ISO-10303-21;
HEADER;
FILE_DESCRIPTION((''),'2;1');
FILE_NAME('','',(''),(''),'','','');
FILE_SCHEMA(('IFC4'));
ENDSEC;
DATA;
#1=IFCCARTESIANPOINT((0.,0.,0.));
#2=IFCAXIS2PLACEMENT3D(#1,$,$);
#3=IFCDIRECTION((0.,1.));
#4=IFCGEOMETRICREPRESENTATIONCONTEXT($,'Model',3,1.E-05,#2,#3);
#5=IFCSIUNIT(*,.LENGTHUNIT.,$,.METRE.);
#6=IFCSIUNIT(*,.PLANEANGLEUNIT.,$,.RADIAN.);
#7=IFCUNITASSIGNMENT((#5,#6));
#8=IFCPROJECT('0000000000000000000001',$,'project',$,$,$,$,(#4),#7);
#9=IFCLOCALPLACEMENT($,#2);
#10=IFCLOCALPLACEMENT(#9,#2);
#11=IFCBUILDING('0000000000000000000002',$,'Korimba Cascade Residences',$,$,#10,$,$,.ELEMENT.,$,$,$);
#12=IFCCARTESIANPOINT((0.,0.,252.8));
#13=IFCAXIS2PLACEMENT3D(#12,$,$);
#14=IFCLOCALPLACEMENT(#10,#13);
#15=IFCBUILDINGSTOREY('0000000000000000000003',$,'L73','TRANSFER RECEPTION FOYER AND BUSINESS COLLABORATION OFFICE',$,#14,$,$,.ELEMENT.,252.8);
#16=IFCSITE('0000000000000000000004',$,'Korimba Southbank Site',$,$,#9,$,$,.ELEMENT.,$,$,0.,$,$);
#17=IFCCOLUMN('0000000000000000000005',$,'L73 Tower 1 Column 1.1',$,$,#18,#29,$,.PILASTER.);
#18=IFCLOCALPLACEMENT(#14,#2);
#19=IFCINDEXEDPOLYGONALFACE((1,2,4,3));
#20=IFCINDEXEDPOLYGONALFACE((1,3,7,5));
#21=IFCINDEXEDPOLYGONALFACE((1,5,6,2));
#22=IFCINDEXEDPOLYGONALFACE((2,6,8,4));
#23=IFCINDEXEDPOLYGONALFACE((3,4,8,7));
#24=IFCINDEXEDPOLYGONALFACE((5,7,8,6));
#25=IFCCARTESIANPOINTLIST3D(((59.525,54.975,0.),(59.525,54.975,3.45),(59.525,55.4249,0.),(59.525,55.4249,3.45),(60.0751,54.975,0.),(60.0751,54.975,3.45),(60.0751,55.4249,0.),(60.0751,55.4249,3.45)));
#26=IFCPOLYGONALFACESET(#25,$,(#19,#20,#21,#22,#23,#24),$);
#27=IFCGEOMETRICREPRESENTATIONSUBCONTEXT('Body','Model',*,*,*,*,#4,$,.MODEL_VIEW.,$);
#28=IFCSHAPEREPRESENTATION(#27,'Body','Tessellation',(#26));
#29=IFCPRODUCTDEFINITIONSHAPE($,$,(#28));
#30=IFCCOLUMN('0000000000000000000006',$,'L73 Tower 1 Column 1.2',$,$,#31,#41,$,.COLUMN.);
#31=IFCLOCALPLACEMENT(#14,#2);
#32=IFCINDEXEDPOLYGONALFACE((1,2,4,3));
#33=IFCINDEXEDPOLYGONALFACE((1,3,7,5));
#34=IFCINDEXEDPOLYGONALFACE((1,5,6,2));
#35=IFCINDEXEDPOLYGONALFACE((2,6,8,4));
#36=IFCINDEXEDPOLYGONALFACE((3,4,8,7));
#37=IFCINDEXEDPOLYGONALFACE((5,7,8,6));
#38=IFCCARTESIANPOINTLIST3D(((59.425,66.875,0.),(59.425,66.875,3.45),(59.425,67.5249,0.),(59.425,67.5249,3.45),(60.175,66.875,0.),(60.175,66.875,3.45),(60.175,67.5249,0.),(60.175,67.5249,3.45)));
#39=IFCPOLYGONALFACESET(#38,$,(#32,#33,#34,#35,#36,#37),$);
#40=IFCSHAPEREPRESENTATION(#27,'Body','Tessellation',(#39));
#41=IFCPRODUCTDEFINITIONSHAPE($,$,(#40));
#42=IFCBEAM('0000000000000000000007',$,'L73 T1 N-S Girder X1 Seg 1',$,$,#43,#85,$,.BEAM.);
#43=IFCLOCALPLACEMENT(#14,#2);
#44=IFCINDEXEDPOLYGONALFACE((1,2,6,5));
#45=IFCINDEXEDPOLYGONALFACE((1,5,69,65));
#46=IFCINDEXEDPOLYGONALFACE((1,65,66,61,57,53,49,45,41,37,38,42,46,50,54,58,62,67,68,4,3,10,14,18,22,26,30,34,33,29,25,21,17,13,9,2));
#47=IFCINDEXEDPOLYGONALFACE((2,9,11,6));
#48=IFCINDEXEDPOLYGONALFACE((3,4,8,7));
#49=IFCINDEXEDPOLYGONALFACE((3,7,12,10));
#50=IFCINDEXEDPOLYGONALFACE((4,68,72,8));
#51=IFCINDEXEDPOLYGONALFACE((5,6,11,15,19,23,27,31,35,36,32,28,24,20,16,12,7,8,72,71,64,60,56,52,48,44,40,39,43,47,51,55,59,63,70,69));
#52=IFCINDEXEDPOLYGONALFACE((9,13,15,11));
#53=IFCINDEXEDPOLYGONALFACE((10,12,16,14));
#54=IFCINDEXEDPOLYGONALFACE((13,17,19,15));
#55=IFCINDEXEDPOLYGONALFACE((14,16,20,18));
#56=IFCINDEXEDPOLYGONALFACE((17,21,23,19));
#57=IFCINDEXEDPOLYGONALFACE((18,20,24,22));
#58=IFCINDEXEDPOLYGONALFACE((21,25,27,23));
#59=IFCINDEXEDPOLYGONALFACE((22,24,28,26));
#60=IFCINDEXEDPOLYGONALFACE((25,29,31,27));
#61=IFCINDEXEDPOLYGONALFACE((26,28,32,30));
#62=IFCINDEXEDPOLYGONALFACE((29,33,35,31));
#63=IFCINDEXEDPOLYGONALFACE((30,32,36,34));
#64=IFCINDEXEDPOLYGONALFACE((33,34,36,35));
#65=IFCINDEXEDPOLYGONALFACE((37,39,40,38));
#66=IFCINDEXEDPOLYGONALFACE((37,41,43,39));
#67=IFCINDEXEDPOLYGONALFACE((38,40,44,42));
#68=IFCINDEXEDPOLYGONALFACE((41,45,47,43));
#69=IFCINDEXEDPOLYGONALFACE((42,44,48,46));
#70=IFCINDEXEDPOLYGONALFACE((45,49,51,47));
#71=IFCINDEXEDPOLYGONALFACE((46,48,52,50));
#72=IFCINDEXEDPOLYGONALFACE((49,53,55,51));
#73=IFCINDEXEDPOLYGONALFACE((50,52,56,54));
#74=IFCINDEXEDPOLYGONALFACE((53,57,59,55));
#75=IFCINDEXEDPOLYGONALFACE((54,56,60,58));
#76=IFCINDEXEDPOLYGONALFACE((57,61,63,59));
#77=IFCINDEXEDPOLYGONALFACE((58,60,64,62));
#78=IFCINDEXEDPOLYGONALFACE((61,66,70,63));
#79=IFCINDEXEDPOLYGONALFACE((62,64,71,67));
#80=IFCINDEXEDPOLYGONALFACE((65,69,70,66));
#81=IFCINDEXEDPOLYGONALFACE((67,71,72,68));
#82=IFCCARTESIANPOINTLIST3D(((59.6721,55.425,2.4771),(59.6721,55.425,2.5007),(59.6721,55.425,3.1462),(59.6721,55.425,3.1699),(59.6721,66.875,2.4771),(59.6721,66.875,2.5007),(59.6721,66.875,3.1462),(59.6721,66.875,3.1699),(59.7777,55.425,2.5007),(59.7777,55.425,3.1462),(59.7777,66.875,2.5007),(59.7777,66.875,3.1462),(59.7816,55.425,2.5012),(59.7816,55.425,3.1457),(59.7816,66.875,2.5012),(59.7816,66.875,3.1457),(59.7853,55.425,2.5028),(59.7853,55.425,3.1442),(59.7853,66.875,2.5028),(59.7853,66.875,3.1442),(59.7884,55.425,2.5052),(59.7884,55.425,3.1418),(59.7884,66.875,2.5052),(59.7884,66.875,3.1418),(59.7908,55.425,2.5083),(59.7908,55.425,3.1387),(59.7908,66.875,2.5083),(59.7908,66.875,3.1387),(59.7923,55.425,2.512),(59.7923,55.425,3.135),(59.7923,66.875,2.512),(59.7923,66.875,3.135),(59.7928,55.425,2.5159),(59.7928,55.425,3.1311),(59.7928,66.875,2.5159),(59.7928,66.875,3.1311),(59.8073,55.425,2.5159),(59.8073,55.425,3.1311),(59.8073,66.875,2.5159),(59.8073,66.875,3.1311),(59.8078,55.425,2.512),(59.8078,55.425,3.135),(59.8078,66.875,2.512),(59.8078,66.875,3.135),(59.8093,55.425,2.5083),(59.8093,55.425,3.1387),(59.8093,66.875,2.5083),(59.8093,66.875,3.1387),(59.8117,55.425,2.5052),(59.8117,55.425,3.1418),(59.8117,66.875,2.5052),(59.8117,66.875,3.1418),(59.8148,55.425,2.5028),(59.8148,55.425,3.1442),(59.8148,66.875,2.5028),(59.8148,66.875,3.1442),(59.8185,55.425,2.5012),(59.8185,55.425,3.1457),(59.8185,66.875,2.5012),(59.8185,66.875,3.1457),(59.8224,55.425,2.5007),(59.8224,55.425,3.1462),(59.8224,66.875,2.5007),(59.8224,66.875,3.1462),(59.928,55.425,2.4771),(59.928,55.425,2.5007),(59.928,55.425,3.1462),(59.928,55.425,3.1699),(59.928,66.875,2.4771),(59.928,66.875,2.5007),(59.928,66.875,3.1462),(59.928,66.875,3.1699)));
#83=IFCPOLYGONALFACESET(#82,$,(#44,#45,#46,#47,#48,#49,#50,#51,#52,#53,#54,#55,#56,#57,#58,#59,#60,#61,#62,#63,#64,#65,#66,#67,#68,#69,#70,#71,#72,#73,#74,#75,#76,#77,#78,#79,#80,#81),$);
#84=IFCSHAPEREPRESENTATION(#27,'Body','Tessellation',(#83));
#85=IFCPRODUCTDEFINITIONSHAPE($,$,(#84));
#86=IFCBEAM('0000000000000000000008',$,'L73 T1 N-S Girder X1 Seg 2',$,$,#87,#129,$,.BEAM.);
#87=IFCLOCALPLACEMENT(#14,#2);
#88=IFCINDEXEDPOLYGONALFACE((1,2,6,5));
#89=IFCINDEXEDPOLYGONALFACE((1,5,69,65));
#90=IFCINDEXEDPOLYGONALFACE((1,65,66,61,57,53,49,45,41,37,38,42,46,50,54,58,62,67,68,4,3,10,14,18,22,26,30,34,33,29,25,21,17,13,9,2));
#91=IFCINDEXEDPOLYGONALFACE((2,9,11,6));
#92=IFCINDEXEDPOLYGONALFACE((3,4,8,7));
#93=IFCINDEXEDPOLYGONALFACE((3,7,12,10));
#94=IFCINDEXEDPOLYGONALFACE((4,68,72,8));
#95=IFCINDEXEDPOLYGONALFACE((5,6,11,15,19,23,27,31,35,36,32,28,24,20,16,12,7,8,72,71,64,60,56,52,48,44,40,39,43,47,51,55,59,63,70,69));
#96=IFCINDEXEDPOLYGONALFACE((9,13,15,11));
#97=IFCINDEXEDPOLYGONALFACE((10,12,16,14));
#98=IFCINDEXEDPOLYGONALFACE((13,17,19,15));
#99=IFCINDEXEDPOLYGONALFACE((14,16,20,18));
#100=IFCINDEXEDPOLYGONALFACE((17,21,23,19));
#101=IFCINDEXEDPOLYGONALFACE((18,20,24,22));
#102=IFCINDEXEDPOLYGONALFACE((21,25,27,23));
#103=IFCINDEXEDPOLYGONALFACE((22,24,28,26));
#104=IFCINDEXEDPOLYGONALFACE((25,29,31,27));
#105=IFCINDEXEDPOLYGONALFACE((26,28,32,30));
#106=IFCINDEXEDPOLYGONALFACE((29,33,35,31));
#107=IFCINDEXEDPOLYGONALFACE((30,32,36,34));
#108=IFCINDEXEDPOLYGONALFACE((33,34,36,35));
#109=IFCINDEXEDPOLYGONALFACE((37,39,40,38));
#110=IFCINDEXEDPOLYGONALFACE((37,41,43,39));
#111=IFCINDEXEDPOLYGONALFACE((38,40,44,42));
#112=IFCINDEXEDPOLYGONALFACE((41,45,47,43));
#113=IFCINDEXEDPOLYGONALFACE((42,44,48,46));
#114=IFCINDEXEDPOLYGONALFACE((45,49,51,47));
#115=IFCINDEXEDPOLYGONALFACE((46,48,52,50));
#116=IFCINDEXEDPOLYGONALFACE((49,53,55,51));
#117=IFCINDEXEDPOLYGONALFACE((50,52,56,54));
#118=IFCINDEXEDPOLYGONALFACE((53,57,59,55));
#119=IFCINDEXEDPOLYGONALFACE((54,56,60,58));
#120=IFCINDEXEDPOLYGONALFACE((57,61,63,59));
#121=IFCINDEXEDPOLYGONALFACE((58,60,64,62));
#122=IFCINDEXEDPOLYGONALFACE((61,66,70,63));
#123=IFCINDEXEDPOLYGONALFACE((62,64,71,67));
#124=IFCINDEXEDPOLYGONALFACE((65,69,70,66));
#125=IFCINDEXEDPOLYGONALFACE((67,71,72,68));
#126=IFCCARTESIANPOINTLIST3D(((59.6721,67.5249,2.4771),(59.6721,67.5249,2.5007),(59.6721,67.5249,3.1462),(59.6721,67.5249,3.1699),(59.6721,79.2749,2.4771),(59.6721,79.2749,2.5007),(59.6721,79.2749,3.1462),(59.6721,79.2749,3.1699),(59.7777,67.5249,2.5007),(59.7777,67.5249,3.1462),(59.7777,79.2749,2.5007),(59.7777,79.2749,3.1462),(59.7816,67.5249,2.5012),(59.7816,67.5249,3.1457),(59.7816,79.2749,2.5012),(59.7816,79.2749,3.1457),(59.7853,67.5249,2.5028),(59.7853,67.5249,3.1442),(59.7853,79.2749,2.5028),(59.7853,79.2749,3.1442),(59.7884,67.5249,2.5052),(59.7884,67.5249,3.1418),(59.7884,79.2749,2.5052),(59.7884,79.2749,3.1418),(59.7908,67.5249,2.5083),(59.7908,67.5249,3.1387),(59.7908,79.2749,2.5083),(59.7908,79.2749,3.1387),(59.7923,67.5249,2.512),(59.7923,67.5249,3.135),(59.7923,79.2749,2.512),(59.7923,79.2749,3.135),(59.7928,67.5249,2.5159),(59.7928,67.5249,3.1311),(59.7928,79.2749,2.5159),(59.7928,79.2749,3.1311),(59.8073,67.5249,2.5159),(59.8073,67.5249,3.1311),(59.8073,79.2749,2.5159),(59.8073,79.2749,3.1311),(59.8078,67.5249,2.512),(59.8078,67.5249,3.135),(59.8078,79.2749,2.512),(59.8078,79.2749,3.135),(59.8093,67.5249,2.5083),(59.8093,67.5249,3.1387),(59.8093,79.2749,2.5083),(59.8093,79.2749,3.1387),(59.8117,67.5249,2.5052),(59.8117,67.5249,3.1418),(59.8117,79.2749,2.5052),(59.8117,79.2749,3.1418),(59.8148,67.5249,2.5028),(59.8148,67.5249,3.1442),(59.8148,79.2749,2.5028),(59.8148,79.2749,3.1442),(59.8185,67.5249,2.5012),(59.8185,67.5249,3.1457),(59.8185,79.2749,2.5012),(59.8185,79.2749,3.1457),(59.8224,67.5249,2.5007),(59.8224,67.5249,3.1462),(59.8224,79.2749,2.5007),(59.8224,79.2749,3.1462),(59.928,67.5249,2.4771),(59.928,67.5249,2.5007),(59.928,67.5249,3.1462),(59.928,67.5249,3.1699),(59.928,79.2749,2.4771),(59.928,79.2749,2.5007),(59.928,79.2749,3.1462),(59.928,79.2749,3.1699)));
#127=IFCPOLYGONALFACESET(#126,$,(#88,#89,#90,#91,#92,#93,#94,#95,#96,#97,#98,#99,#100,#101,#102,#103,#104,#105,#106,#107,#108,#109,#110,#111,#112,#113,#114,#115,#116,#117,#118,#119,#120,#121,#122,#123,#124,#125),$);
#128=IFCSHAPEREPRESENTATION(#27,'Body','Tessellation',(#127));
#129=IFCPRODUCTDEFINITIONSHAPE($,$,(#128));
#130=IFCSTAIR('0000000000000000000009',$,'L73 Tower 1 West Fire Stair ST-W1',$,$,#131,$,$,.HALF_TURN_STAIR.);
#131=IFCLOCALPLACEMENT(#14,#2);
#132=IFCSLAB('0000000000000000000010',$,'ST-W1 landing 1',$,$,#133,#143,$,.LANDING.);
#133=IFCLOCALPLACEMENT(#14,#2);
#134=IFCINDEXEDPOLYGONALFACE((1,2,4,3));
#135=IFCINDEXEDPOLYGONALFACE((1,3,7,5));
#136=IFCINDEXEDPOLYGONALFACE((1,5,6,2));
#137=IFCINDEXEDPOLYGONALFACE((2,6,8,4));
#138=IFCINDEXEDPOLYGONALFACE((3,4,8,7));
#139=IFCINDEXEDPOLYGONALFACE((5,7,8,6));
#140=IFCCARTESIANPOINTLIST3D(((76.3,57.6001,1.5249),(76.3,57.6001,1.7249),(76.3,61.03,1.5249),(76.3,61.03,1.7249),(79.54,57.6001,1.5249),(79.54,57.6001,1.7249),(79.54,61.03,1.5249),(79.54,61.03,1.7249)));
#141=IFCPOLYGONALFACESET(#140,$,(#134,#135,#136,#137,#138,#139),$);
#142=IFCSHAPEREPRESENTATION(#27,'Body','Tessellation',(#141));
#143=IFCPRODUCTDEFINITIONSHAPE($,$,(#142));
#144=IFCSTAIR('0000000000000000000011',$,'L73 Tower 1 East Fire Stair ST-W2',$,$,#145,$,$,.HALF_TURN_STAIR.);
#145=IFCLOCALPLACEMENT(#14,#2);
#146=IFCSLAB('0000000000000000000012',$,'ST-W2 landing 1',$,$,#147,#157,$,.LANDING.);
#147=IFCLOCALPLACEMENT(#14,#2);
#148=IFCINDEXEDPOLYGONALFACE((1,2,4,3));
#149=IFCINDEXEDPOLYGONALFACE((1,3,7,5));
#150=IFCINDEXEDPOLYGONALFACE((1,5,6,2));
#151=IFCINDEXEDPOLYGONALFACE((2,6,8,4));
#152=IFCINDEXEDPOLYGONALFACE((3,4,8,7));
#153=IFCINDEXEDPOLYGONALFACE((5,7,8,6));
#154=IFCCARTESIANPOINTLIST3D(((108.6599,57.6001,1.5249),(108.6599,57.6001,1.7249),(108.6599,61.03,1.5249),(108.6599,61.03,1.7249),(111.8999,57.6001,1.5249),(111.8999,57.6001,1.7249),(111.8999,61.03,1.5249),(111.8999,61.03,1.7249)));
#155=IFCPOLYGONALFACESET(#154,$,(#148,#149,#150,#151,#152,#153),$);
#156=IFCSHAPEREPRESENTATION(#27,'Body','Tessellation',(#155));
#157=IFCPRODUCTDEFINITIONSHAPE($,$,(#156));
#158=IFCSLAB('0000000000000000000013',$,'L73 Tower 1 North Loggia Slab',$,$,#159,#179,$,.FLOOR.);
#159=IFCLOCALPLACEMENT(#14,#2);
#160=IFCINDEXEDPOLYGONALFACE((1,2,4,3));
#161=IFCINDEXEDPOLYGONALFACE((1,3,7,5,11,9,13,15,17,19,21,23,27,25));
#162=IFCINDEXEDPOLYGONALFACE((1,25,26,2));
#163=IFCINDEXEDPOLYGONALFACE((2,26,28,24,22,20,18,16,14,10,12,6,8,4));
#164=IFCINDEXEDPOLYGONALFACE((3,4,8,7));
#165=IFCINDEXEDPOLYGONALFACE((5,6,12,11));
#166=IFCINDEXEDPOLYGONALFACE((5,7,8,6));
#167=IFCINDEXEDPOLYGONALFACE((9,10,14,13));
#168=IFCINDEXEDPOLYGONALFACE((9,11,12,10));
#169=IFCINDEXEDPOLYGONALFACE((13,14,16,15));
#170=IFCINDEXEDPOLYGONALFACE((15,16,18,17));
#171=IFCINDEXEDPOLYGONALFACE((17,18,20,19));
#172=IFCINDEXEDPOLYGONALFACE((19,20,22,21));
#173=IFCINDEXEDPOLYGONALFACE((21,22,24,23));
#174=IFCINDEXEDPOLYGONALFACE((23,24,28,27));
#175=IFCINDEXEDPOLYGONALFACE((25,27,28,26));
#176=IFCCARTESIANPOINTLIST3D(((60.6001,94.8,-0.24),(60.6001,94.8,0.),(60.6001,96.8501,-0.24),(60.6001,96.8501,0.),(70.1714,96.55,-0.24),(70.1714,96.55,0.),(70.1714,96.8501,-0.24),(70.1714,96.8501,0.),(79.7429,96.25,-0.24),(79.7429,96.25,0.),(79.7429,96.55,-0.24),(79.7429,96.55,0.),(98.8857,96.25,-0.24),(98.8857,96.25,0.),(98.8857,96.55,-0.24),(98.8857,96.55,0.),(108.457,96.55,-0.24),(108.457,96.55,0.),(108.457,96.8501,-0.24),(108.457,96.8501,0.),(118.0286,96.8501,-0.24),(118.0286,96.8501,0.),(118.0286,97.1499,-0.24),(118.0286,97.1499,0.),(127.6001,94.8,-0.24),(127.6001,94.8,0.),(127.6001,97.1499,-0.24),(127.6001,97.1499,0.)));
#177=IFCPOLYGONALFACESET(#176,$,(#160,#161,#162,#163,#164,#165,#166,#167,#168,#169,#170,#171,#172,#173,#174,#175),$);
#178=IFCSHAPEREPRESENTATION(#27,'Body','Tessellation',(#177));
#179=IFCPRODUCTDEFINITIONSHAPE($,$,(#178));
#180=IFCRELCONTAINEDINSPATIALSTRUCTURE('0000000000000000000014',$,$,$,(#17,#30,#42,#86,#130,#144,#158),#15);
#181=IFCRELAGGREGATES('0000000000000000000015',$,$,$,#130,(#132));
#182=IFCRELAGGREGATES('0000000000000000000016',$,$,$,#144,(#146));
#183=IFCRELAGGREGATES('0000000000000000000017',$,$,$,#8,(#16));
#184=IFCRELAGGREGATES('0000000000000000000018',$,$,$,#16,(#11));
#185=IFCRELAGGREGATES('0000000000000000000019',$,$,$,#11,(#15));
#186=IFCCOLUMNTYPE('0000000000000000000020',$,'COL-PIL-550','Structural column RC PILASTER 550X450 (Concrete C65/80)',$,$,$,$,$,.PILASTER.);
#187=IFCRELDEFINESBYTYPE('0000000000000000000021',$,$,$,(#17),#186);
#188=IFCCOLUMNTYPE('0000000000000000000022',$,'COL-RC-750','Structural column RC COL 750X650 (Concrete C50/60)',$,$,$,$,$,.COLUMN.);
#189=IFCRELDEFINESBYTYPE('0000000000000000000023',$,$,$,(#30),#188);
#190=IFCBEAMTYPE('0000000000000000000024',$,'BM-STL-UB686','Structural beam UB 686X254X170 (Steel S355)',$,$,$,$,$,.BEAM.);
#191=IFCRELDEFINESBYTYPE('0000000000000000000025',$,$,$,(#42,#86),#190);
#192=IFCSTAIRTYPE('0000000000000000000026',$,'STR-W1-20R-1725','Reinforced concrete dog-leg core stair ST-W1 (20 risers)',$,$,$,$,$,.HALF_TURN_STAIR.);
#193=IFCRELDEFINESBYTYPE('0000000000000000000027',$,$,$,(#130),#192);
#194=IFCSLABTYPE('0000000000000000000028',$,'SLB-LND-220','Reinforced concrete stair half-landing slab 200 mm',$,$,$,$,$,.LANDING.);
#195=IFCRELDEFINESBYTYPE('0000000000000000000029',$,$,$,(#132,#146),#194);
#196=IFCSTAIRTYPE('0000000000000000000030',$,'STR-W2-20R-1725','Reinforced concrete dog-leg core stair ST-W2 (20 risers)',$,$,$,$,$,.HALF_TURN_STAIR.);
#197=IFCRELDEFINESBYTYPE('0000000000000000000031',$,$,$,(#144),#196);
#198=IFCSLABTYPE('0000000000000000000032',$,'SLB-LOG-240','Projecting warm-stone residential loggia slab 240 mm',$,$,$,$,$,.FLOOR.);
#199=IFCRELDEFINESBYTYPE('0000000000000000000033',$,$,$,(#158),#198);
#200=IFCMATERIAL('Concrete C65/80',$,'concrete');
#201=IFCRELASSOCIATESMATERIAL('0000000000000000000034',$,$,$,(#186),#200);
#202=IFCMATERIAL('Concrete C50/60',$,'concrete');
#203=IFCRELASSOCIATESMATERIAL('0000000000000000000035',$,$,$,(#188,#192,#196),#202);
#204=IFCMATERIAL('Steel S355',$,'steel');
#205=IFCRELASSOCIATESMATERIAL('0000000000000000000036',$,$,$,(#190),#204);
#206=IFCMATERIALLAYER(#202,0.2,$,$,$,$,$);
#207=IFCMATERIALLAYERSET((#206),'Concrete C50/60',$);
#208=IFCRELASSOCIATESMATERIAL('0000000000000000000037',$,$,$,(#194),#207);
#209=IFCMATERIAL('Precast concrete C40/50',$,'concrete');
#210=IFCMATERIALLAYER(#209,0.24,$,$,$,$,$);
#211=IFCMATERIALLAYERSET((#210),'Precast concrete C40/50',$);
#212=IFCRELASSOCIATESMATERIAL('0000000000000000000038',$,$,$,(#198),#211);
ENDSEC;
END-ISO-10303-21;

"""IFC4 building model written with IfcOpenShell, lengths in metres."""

from ifc_helpers import new_model, si_unit, direction, frame, origin, origin_2d, place, context, subcontext, project, spatial, polyline, rectangle, i_section, outline, extrude, material, layer, layer_set, material_profile, profile_set, type_object, element, aggregate, save


model = new_model("IFC4")

# Units and contexts
model_context = context("Model", 3, precision=1e-05, world=origin(), true_north=direction((0.0, 1.0)))
body_context = subcontext(model_context, "Body", "Model", "MODEL_VIEW")
ifc_project = project(units=[si_unit("LENGTHUNIT", "METRE"), si_unit("PLANEANGLEUNIT", "RADIAN")], contexts=[model_context])

# Site, building, storey
site_placement = place(None, origin())
site = spatial("IfcSite", under=ifc_project, at=site_placement, Name="Korimba Southbank Site", CompositionType="ELEMENT", RefElevation=0.0)
building_placement = place(site_placement, origin())
building = spatial("IfcBuilding", under=site, at=building_placement, Name="Korimba Cascade Residences", CompositionType="ELEMENT")
storey_placement = place(building_placement, frame((0.0, 0.0, 252.8)))
storey = spatial("IfcBuildingStorey", under=building, at=storey_placement, Name="L73", Description="TRANSFER RECEPTION FOYER AND BUSINESS COLLABORATION OFFICE", CompositionType="ELEMENT", Elevation=252.8)

# Columns
ifc_material_1 = material(Name="Concrete C65/80", Category="concrete")
ifc_material_profile_1 = material_profile(ifc_material_1, rectangle(XDim=0.55, YDim=0.45, at=origin_2d()), Name="Concrete C65/80")
ifc_profile_set_1 = profile_set([ifc_material_profile_1], Name="Concrete C65/80")
column_type_1 = type_object("IfcColumnType", Name="COL-PIL-550", Description="Structural column RC PILASTER 550X450 (Concrete C65/80)", PredefinedType="PILASTER", material=ifc_profile_set_1)
column_1_placement = place(storey_placement, frame((59.8, 55.2, 0.0), z_axis=(0.0, 0.0, 1.0), x_axis=(1.0, 0.0, 0.0)))
element("IfcColumn", 1, at=column_1_placement, inside=storey, type_object=column_type_1, Name="L73 Tower 1 Column 1.1", PredefinedType="PILASTER", context=body_context, shape_type="SweptSolid", body=[
    extrude(rectangle(XDim=0.55, YDim=0.45, at=origin_2d()), origin(), (0.0, 0.0, 1.0), 3.45),
])
ifc_material_2 = material(Name="Concrete C50/60", Category="concrete")
ifc_material_profile_2 = material_profile(ifc_material_2, rectangle(XDim=0.75, YDim=0.6499, at=origin_2d()), Name="Concrete C50/60")
ifc_profile_set_2 = profile_set([ifc_material_profile_2], Name="Concrete C50/60")
column_type_2 = type_object("IfcColumnType", Name="COL-RC-750", Description="Structural column RC COL 750X650 (Concrete C50/60)", PredefinedType="COLUMN", material=ifc_profile_set_2)
column_2_placement = place(storey_placement, frame((59.8, 67.2, 0.0), z_axis=(0.0, 0.0, 1.0), x_axis=(1.0, 0.0, 0.0)))
element("IfcColumn", 2, at=column_2_placement, inside=storey, type_object=column_type_2, Name="L73 Tower 1 Column 1.2", PredefinedType="COLUMN", context=body_context, shape_type="SweptSolid", body=[
    extrude(rectangle(XDim=0.75, YDim=0.6499, at=origin_2d()), origin(), (0.0, 0.0, 1.0), 3.45),
])

# Beams
ifc_material_3 = material(Name="Steel S355", Category="steel")
ifc_material_profile_3 = material_profile(ifc_material_3, i_section(OverallWidth=0.2559, OverallDepth=0.6929, WebThickness=0.0144, FlangeThickness=0.0237, FilletRadius=0.0151, at=origin_2d()), Name="Steel S355")
ifc_profile_set_3 = profile_set([ifc_material_profile_3], Name="Steel S355")
beam_type = type_object("IfcBeamType", Name="BM-STL-UB686", Description="Structural beam UB 686X254X170 (Steel S355)", PredefinedType="BEAM", material=ifc_profile_set_3)
beam_1_placement = place(storey_placement, frame((59.8, 55.425, 2.8235), z_axis=(0.0, 1.0, 0.0), x_axis=(-1.0, 0.0, 0.0)))
element("IfcBeam", 3, at=beam_1_placement, inside=storey, type_object=beam_type, Name="L73 T1 N-S Girder X1 Seg 1", PredefinedType="BEAM", context=body_context, shape_type="SweptSolid", body=[
    extrude(i_section(OverallWidth=0.2559, OverallDepth=0.6929, WebThickness=0.0144, FlangeThickness=0.0237, FilletRadius=0.0151, at=origin_2d()), origin(), (0.0, 0.0, 1.0), 11.45),
])
beam_2_placement = place(storey_placement, frame((59.8, 67.5249, 2.8235), z_axis=(0.0, 1.0, 0.0), x_axis=(-1.0, 0.0, 0.0)))
element("IfcBeam", 4, at=beam_2_placement, inside=storey, type_object=beam_type, Name="L73 T1 N-S Girder X1 Seg 2", PredefinedType="BEAM", context=body_context, shape_type="SweptSolid", body=[
    extrude(i_section(OverallWidth=0.2559, OverallDepth=0.6929, WebThickness=0.0144, FlangeThickness=0.0237, FilletRadius=0.0151, at=origin_2d()), origin(), (0.0, 0.0, 1.0), 11.75),
])

# Stairs, slabs
stair_type_1 = type_object("IfcStairType", Name="STR-W1-20R-1725", Description="Reinforced concrete dog-leg core stair ST-W1 (20 risers)", PredefinedType="HALF_TURN_STAIR", material=ifc_material_2)
stair_1_placement = place(storey_placement, origin())
stair_1 = element("IfcStair", 5, at=stair_1_placement, inside=storey, type_object=stair_type_1, Name="L73 Tower 1 West Fire Stair ST-W1", PredefinedType="HALF_TURN_STAIR")
ifc_layer_1 = layer(ifc_material_2, 0.2)
ifc_layer_set_1 = layer_set([ifc_layer_1], Name="Concrete C50/60")
slab_type_1 = type_object("IfcSlabType", Name="SLB-LND-220", Description="Reinforced concrete stair half-landing slab 200 mm", PredefinedType="LANDING", material=ifc_layer_set_1)
slab_1_placement = place(storey_placement, frame((0.0, 0.0, 1.5249)))
slab_1 = element("IfcSlab", 6, at=slab_1_placement, type_object=slab_type_1, Name="ST-W1 landing 1", PredefinedType="LANDING", context=body_context, shape_type="SweptSolid", body=[
    extrude(outline(polyline([(76.3, 61.03), (76.3, 57.6001), (79.54, 57.6001), (79.54, 61.03), (76.3, 61.03)])), origin(), (0.0, 0.0, 1.0), 0.2),
])
aggregate(stair_1, [slab_1])
stair_type_2 = type_object("IfcStairType", Name="STR-W2-20R-1725", Description="Reinforced concrete dog-leg core stair ST-W2 (20 risers)", PredefinedType="HALF_TURN_STAIR", material=ifc_material_2)
stair_2_placement = place(storey_placement, origin())
stair_2 = element("IfcStair", 7, at=stair_2_placement, inside=storey, type_object=stair_type_2, Name="L73 Tower 1 East Fire Stair ST-W2", PredefinedType="HALF_TURN_STAIR")
slab_2_placement = place(storey_placement, frame((0.0, 0.0, 1.5249)))
slab_2 = element("IfcSlab", 8, at=slab_2_placement, type_object=slab_type_1, Name="ST-W2 landing 1", PredefinedType="LANDING", context=body_context, shape_type="SweptSolid", body=[
    extrude(outline(polyline([(108.6599, 61.03), (108.6599, 57.6001), (111.8999, 57.6001), (111.8999, 61.03), (108.6599, 61.03)])), origin(), (0.0, 0.0, 1.0), 0.2),
])
aggregate(stair_2, [slab_2])

# Slab
ifc_material_4 = material(Name="Precast concrete C40/50", Category="concrete")
ifc_layer_2 = layer(ifc_material_4, 0.24)
ifc_layer_set_2 = layer_set([ifc_layer_2], Name="Precast concrete C40/50")
slab_type_2 = type_object("IfcSlabType", Name="SLB-LOG-240", Description="Projecting warm-stone residential loggia slab 240 mm", PredefinedType="FLOOR", material=ifc_layer_set_2)
slab_3_placement = place(storey_placement, frame((0.0, 0.0, -0.24)))
element("IfcSlab", 9, at=slab_3_placement, inside=storey, type_object=slab_type_2, Name="L73 Tower 1 North Loggia Slab", PredefinedType="FLOOR", context=body_context, shape_type="SweptSolid", body=[
    extrude(outline(polyline([(60.6001, 94.8), (127.6001, 94.8), (127.6001, 97.1499), (118.0286, 97.1499), (118.0286, 96.8501), (108.457, 96.8501), (108.457, 96.55), (98.8857, 96.55), (98.8857, 96.25), (79.7429, 96.25), (79.7429, 96.55), (70.1714, 96.55), (70.1714, 96.8501), (60.6001, 96.8501), (60.6001, 94.8)])), origin(), (0.0, 0.0, 1.0), 0.24),
])

save(model, "model.ifc")
